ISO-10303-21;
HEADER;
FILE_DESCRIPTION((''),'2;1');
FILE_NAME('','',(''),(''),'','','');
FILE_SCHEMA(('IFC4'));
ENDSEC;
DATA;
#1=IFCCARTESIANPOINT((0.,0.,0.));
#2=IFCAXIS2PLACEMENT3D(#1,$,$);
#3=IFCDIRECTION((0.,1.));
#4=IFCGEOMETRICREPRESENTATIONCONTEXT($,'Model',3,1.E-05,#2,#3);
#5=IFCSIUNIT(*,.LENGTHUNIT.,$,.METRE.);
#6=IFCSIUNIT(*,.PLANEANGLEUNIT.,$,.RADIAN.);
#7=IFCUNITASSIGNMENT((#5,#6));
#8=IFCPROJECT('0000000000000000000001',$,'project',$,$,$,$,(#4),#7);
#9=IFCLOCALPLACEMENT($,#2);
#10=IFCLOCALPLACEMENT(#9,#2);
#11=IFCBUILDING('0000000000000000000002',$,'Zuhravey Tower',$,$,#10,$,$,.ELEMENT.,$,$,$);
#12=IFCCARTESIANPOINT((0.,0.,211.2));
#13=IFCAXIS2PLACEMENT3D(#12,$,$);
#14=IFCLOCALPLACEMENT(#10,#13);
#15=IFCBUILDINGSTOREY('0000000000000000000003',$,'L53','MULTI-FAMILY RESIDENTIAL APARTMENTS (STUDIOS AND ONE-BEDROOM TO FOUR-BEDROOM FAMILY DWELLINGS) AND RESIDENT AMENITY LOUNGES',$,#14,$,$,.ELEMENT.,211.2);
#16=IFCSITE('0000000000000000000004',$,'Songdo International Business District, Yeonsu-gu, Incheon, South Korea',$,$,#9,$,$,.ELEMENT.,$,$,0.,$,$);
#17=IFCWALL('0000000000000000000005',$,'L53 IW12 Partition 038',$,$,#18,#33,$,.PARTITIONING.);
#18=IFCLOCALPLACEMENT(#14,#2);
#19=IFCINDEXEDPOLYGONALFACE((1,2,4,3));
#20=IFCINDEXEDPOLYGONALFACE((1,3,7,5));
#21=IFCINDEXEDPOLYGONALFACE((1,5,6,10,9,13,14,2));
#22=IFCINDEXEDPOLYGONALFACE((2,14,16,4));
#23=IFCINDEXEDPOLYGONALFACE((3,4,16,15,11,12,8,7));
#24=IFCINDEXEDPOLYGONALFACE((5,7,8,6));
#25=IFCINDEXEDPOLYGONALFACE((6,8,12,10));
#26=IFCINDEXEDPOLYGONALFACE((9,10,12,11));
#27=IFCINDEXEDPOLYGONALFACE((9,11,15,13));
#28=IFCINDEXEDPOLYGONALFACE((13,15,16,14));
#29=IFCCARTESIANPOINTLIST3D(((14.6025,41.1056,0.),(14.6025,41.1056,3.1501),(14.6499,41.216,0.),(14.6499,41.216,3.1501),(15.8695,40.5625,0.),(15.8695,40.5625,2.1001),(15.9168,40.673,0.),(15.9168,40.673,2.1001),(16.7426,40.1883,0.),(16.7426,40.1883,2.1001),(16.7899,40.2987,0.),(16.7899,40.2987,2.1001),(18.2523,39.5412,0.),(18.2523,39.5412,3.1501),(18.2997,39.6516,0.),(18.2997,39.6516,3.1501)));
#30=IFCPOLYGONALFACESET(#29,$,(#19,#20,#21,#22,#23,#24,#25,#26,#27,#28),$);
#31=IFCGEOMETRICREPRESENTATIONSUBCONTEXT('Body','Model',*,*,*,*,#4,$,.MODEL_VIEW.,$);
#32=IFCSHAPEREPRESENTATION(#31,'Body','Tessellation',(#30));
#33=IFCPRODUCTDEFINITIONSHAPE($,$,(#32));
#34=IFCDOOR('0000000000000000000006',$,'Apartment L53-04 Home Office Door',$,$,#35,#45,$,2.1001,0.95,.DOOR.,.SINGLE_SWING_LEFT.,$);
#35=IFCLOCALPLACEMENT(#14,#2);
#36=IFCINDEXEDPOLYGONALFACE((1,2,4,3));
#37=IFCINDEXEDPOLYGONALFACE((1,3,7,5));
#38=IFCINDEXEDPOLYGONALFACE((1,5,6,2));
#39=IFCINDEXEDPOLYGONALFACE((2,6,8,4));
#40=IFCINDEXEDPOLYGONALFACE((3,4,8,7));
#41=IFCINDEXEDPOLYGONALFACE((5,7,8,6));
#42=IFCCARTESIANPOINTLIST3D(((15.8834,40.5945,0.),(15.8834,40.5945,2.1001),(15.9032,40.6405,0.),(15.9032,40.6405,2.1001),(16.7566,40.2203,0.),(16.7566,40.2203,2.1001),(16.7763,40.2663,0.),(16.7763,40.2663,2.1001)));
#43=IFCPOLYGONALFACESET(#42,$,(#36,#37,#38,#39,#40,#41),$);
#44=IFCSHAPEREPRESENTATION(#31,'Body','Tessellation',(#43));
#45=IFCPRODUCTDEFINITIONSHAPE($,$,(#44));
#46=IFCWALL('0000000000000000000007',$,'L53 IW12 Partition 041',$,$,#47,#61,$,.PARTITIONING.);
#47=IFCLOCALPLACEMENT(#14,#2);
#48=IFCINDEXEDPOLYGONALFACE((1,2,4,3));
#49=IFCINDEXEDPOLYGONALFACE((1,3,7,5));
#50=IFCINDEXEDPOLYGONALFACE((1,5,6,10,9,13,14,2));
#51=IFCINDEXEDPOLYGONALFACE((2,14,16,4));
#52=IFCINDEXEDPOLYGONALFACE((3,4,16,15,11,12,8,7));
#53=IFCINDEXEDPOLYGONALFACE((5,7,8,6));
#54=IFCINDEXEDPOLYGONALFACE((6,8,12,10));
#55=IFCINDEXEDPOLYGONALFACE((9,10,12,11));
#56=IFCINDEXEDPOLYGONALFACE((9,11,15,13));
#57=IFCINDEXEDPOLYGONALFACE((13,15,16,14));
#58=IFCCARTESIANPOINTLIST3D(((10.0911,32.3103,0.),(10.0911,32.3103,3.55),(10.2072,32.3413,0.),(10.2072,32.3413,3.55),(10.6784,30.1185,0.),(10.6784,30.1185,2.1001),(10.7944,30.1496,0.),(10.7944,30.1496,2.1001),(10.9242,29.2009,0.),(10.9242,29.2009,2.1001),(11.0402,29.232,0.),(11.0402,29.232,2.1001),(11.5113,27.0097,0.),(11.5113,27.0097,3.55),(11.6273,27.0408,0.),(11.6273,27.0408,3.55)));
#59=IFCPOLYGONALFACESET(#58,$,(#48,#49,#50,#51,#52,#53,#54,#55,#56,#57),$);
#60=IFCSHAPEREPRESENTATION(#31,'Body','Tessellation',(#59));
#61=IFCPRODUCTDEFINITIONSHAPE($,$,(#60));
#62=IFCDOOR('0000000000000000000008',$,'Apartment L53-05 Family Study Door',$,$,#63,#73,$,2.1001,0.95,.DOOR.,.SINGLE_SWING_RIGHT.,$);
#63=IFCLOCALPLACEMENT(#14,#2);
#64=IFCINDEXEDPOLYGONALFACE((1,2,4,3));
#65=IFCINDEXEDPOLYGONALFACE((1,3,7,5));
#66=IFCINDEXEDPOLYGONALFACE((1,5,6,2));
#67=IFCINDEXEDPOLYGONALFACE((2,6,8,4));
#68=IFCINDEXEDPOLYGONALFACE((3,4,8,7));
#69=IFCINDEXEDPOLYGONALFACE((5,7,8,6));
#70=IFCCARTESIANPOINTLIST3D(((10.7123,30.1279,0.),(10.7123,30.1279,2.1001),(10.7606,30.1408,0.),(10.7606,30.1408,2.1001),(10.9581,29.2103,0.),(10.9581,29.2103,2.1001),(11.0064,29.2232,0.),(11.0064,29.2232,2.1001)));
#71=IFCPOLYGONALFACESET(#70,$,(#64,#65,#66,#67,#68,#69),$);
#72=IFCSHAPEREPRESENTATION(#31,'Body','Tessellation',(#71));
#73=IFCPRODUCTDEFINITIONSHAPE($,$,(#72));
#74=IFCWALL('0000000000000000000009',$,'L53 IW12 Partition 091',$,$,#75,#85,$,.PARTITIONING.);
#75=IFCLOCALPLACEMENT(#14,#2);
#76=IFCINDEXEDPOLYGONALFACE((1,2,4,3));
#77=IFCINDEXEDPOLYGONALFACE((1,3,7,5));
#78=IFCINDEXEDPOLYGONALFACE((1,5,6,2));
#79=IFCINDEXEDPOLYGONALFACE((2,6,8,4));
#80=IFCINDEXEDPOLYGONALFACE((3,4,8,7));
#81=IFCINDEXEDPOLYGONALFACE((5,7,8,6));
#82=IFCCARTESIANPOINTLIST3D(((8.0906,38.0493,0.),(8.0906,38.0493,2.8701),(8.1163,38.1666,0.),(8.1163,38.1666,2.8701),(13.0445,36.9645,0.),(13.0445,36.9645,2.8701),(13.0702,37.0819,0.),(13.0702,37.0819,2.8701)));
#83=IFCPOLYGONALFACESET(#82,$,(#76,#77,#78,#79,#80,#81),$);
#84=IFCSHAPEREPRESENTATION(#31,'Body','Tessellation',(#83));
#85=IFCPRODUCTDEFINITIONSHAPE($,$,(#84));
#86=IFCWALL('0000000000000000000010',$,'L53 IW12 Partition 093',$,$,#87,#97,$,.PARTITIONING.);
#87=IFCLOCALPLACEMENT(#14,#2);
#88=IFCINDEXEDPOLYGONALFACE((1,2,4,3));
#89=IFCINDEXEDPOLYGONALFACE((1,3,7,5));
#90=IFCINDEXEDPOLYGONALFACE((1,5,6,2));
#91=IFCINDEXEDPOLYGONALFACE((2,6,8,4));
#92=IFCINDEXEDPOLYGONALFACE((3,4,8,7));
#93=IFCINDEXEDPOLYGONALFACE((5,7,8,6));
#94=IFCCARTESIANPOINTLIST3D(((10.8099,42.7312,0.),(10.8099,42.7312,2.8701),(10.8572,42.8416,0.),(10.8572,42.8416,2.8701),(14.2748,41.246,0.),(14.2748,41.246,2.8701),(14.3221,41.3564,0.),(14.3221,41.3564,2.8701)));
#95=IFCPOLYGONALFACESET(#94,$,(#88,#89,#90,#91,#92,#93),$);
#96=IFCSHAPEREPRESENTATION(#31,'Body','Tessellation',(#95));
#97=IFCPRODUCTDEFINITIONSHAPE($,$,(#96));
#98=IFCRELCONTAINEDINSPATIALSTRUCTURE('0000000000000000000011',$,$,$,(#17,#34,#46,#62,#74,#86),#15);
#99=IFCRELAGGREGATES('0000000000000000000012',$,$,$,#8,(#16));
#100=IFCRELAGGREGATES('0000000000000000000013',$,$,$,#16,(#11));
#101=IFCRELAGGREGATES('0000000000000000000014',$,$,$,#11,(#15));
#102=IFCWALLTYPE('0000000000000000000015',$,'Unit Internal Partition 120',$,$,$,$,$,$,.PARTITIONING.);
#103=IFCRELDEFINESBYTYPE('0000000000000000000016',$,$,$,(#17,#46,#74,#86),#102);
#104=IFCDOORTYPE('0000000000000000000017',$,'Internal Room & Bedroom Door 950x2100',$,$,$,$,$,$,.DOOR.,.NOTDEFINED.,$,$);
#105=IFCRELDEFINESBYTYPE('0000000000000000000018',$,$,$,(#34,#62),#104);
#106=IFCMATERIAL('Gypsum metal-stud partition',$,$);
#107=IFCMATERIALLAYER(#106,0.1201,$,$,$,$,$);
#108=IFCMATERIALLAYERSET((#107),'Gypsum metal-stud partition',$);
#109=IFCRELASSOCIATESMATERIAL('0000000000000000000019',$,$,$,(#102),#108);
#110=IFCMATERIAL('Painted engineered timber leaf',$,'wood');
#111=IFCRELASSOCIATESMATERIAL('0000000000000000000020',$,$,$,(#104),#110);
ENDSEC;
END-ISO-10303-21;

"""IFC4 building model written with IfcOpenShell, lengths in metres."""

from ifc_helpers import new_model, si_unit, direction, frame, frame_2d, origin, place, context, subcontext, project, spatial, rectangle, extrude, material, layer, layer_set, type_object, element, fill, save


model = new_model("IFC4")

# Units and contexts
model_context = context("Model", 3, precision=1e-05, world=origin(), true_north=direction((0.0, 1.0)))
body_context = subcontext(model_context, "Body", "Model", "MODEL_VIEW")
ifc_project = project(units=[si_unit("LENGTHUNIT", "METRE"), si_unit("PLANEANGLEUNIT", "RADIAN")], contexts=[model_context])

# Site, building, storey
site_placement = place(None, origin())
site = spatial("IfcSite", under=ifc_project, at=site_placement, Name="Songdo International Business District, Yeonsu-gu, Incheon, South Korea", CompositionType="ELEMENT", RefElevation=0.0)
building_placement = place(site_placement, origin())
building = spatial("IfcBuilding", under=site, at=building_placement, Name="Zuhravey Tower", CompositionType="ELEMENT")
storey_placement = place(building_placement, frame((0.0, 0.0, 211.2)))
storey = spatial("IfcBuildingStorey", under=building, at=storey_placement, Name="L53", Description="MULTI-FAMILY RESIDENTIAL APARTMENTS (STUDIOS AND ONE-BEDROOM TO FOUR-BEDROOM FAMILY DWELLINGS) AND RESIDENT AMENITY LOUNGES", CompositionType="ELEMENT", Elevation=211.2)

# Shared definitions
ifc_material_1 = material(Name="Gypsum metal-stud partition")
ifc_layer_1 = layer(ifc_material_1, 0.1201)
ifc_layer_set_1 = layer_set([ifc_layer_1], Name="Gypsum metal-stud partition")
wall_type_1 = type_object("IfcWallType", Name="Unit Internal Partition 120", PredefinedType="PARTITIONING", material=ifc_layer_set_1)
ifc_material_2 = material(Name="Painted engineered timber leaf", Category="wood")
door_type_1 = type_object("IfcDoorType", Name="Internal Room & Bedroom Door 950x2100", OperationType="NOTDEFINED", PredefinedType="DOOR", material=ifc_material_2)

# Walls, openings, doors
wall_1_placement = place(storey_placement, frame((18.2759, 39.5964, 0.0), z_axis=(0.0, 0.0, 1.0), x_axis=(-0.919126, 0.393964, 0.0)))
wall_1 = element("IfcWall", 1, at=wall_1_placement, inside=storey, type_object=wall_type_1, Name="L53 IW12 Partition 038", PredefinedType="PARTITIONING", context=body_context, shape_type="SweptSolid", body=[
    extrude(rectangle(XDim=3.9709, YDim=0.1201, at=frame_2d((1.9854, 0.0))), origin(), (0.0, 0.0, 1.0), 3.1501),
])
opening_1_placement = place(wall_1_placement, frame((1.6423, 0.0, 0.0)))
opening_1 = element("IfcOpeningElement", 2, at=opening_1_placement, cuts=wall_1, PredefinedType="OPENING", context=body_context, shape_type="SweptSolid", body=[
    extrude(rectangle(XDim=0.95, YDim=2.1001, at=frame_2d((0.4751, 1.05))), frame((0.0, 0.072, 0.0), z_axis=(0.0, -1.0, 0.0), x_axis=(1.0, 0.0, 0.0)), (0.0, 0.0, 1.0), 0.144),
])
door_1_placement = place(opening_1_placement, frame((0.95, 0.0, 0.0), z_axis=(0.0, 0.0, 1.0), x_axis=(-1.0, 0.0, 0.0)))
door_1 = element("IfcDoor", 3, at=door_1_placement, inside=storey, type_object=door_type_1, Name="Apartment L53-04 Home Office Door", OperationType="SINGLE_SWING_LEFT", OverallHeight=2.1001, OverallWidth=0.95, PredefinedType="DOOR", context=body_context, shape_type="SweptSolid", body=[
    extrude(rectangle(XDim=0.95, YDim=2.1001, at=frame_2d((0.4751, 1.05))), frame((0.0, 0.0249, 0.0), z_axis=(0.0, -1.0, 0.0), x_axis=(1.0, 0.0, 0.0)), (0.0, 0.0, 1.0), 0.05),
])
fill(opening_1, door_1)
wall_2_placement = place(storey_placement, frame((10.1492, 32.3257, 0.0), z_axis=(0.0, 0.0, 1.0), x_axis=(0.258801, -0.965931, 0.0)))
wall_2 = element("IfcWall", 4, at=wall_2_placement, inside=storey, type_object=wall_type_1, Name="L53 IW12 Partition 041", PredefinedType="PARTITIONING", context=body_context, shape_type="SweptSolid", body=[
    extrude(rectangle(XDim=5.4875, YDim=0.1201, at=frame_2d((2.7437, 0.0))), origin(), (0.0, 0.0, 1.0), 3.55),
])
opening_2_placement = place(wall_2_placement, frame((2.2688, 0.0, 0.0)))
opening_2 = element("IfcOpeningElement", 5, at=opening_2_placement, cuts=wall_2, PredefinedType="OPENING", context=body_context, shape_type="SweptSolid", body=[
    extrude(rectangle(XDim=0.95, YDim=2.1001, at=frame_2d((0.4751, 1.05))), frame((0.0, 0.072, 0.0), z_axis=(0.0, -1.0, 0.0), x_axis=(1.0, 0.0, 0.0)), (0.0, 0.0, 1.0), 0.144),
])
door_2_placement = place(opening_2_placement, frame((0.95, 0.0, 0.0), z_axis=(0.0, 0.0, 1.0), x_axis=(-1.0, 0.0, 0.0)))
door_2 = element("IfcDoor", 6, at=door_2_placement, inside=storey, type_object=door_type_1, Name="Apartment L53-05 Family Study Door", OperationType="SINGLE_SWING_RIGHT", OverallHeight=2.1001, OverallWidth=0.95, PredefinedType="DOOR", context=body_context, shape_type="SweptSolid", body=[
    extrude(rectangle(XDim=0.95, YDim=2.1001, at=frame_2d((0.4751, 1.05))), frame((0.0, 0.0249, 0.0), z_axis=(0.0, -1.0, 0.0), x_axis=(1.0, 0.0, 0.0)), (0.0, 0.0, 1.0), 0.05),
])
fill(opening_2, door_2)

# Walls
wall_3_placement = place(storey_placement, frame((13.0574, 37.0232, 0.0), z_axis=(0.0, 0.0, 1.0), x_axis=(-0.976856, 0.213896, 0.0)))
element("IfcWall", 7, at=wall_3_placement, inside=storey, type_object=wall_type_1, Name="L53 IW12 Partition 091", PredefinedType="PARTITIONING", context=body_context, shape_type="SweptSolid", body=[
    extrude(rectangle(XDim=5.0713, YDim=0.1201, at=frame_2d((2.5356, 0.0))), origin(), (0.0, 0.0, 1.0), 2.8701),
])
wall_4_placement = place(storey_placement, frame((14.2983, 41.3013, 0.0), z_axis=(0.0, 0.0, 1.0), x_axis=(-0.919128, 0.393958, 0.0)))
element("IfcWall", 8, at=wall_4_placement, inside=storey, type_object=wall_type_1, Name="L53 IW12 Partition 093", PredefinedType="PARTITIONING", context=body_context, shape_type="SweptSolid", body=[
    extrude(rectangle(XDim=3.7698, YDim=0.1201, at=frame_2d((1.8848, 0.0))), origin(), (0.0, 0.0, 1.0), 2.8701),
])

save(model, "model.ifc")
